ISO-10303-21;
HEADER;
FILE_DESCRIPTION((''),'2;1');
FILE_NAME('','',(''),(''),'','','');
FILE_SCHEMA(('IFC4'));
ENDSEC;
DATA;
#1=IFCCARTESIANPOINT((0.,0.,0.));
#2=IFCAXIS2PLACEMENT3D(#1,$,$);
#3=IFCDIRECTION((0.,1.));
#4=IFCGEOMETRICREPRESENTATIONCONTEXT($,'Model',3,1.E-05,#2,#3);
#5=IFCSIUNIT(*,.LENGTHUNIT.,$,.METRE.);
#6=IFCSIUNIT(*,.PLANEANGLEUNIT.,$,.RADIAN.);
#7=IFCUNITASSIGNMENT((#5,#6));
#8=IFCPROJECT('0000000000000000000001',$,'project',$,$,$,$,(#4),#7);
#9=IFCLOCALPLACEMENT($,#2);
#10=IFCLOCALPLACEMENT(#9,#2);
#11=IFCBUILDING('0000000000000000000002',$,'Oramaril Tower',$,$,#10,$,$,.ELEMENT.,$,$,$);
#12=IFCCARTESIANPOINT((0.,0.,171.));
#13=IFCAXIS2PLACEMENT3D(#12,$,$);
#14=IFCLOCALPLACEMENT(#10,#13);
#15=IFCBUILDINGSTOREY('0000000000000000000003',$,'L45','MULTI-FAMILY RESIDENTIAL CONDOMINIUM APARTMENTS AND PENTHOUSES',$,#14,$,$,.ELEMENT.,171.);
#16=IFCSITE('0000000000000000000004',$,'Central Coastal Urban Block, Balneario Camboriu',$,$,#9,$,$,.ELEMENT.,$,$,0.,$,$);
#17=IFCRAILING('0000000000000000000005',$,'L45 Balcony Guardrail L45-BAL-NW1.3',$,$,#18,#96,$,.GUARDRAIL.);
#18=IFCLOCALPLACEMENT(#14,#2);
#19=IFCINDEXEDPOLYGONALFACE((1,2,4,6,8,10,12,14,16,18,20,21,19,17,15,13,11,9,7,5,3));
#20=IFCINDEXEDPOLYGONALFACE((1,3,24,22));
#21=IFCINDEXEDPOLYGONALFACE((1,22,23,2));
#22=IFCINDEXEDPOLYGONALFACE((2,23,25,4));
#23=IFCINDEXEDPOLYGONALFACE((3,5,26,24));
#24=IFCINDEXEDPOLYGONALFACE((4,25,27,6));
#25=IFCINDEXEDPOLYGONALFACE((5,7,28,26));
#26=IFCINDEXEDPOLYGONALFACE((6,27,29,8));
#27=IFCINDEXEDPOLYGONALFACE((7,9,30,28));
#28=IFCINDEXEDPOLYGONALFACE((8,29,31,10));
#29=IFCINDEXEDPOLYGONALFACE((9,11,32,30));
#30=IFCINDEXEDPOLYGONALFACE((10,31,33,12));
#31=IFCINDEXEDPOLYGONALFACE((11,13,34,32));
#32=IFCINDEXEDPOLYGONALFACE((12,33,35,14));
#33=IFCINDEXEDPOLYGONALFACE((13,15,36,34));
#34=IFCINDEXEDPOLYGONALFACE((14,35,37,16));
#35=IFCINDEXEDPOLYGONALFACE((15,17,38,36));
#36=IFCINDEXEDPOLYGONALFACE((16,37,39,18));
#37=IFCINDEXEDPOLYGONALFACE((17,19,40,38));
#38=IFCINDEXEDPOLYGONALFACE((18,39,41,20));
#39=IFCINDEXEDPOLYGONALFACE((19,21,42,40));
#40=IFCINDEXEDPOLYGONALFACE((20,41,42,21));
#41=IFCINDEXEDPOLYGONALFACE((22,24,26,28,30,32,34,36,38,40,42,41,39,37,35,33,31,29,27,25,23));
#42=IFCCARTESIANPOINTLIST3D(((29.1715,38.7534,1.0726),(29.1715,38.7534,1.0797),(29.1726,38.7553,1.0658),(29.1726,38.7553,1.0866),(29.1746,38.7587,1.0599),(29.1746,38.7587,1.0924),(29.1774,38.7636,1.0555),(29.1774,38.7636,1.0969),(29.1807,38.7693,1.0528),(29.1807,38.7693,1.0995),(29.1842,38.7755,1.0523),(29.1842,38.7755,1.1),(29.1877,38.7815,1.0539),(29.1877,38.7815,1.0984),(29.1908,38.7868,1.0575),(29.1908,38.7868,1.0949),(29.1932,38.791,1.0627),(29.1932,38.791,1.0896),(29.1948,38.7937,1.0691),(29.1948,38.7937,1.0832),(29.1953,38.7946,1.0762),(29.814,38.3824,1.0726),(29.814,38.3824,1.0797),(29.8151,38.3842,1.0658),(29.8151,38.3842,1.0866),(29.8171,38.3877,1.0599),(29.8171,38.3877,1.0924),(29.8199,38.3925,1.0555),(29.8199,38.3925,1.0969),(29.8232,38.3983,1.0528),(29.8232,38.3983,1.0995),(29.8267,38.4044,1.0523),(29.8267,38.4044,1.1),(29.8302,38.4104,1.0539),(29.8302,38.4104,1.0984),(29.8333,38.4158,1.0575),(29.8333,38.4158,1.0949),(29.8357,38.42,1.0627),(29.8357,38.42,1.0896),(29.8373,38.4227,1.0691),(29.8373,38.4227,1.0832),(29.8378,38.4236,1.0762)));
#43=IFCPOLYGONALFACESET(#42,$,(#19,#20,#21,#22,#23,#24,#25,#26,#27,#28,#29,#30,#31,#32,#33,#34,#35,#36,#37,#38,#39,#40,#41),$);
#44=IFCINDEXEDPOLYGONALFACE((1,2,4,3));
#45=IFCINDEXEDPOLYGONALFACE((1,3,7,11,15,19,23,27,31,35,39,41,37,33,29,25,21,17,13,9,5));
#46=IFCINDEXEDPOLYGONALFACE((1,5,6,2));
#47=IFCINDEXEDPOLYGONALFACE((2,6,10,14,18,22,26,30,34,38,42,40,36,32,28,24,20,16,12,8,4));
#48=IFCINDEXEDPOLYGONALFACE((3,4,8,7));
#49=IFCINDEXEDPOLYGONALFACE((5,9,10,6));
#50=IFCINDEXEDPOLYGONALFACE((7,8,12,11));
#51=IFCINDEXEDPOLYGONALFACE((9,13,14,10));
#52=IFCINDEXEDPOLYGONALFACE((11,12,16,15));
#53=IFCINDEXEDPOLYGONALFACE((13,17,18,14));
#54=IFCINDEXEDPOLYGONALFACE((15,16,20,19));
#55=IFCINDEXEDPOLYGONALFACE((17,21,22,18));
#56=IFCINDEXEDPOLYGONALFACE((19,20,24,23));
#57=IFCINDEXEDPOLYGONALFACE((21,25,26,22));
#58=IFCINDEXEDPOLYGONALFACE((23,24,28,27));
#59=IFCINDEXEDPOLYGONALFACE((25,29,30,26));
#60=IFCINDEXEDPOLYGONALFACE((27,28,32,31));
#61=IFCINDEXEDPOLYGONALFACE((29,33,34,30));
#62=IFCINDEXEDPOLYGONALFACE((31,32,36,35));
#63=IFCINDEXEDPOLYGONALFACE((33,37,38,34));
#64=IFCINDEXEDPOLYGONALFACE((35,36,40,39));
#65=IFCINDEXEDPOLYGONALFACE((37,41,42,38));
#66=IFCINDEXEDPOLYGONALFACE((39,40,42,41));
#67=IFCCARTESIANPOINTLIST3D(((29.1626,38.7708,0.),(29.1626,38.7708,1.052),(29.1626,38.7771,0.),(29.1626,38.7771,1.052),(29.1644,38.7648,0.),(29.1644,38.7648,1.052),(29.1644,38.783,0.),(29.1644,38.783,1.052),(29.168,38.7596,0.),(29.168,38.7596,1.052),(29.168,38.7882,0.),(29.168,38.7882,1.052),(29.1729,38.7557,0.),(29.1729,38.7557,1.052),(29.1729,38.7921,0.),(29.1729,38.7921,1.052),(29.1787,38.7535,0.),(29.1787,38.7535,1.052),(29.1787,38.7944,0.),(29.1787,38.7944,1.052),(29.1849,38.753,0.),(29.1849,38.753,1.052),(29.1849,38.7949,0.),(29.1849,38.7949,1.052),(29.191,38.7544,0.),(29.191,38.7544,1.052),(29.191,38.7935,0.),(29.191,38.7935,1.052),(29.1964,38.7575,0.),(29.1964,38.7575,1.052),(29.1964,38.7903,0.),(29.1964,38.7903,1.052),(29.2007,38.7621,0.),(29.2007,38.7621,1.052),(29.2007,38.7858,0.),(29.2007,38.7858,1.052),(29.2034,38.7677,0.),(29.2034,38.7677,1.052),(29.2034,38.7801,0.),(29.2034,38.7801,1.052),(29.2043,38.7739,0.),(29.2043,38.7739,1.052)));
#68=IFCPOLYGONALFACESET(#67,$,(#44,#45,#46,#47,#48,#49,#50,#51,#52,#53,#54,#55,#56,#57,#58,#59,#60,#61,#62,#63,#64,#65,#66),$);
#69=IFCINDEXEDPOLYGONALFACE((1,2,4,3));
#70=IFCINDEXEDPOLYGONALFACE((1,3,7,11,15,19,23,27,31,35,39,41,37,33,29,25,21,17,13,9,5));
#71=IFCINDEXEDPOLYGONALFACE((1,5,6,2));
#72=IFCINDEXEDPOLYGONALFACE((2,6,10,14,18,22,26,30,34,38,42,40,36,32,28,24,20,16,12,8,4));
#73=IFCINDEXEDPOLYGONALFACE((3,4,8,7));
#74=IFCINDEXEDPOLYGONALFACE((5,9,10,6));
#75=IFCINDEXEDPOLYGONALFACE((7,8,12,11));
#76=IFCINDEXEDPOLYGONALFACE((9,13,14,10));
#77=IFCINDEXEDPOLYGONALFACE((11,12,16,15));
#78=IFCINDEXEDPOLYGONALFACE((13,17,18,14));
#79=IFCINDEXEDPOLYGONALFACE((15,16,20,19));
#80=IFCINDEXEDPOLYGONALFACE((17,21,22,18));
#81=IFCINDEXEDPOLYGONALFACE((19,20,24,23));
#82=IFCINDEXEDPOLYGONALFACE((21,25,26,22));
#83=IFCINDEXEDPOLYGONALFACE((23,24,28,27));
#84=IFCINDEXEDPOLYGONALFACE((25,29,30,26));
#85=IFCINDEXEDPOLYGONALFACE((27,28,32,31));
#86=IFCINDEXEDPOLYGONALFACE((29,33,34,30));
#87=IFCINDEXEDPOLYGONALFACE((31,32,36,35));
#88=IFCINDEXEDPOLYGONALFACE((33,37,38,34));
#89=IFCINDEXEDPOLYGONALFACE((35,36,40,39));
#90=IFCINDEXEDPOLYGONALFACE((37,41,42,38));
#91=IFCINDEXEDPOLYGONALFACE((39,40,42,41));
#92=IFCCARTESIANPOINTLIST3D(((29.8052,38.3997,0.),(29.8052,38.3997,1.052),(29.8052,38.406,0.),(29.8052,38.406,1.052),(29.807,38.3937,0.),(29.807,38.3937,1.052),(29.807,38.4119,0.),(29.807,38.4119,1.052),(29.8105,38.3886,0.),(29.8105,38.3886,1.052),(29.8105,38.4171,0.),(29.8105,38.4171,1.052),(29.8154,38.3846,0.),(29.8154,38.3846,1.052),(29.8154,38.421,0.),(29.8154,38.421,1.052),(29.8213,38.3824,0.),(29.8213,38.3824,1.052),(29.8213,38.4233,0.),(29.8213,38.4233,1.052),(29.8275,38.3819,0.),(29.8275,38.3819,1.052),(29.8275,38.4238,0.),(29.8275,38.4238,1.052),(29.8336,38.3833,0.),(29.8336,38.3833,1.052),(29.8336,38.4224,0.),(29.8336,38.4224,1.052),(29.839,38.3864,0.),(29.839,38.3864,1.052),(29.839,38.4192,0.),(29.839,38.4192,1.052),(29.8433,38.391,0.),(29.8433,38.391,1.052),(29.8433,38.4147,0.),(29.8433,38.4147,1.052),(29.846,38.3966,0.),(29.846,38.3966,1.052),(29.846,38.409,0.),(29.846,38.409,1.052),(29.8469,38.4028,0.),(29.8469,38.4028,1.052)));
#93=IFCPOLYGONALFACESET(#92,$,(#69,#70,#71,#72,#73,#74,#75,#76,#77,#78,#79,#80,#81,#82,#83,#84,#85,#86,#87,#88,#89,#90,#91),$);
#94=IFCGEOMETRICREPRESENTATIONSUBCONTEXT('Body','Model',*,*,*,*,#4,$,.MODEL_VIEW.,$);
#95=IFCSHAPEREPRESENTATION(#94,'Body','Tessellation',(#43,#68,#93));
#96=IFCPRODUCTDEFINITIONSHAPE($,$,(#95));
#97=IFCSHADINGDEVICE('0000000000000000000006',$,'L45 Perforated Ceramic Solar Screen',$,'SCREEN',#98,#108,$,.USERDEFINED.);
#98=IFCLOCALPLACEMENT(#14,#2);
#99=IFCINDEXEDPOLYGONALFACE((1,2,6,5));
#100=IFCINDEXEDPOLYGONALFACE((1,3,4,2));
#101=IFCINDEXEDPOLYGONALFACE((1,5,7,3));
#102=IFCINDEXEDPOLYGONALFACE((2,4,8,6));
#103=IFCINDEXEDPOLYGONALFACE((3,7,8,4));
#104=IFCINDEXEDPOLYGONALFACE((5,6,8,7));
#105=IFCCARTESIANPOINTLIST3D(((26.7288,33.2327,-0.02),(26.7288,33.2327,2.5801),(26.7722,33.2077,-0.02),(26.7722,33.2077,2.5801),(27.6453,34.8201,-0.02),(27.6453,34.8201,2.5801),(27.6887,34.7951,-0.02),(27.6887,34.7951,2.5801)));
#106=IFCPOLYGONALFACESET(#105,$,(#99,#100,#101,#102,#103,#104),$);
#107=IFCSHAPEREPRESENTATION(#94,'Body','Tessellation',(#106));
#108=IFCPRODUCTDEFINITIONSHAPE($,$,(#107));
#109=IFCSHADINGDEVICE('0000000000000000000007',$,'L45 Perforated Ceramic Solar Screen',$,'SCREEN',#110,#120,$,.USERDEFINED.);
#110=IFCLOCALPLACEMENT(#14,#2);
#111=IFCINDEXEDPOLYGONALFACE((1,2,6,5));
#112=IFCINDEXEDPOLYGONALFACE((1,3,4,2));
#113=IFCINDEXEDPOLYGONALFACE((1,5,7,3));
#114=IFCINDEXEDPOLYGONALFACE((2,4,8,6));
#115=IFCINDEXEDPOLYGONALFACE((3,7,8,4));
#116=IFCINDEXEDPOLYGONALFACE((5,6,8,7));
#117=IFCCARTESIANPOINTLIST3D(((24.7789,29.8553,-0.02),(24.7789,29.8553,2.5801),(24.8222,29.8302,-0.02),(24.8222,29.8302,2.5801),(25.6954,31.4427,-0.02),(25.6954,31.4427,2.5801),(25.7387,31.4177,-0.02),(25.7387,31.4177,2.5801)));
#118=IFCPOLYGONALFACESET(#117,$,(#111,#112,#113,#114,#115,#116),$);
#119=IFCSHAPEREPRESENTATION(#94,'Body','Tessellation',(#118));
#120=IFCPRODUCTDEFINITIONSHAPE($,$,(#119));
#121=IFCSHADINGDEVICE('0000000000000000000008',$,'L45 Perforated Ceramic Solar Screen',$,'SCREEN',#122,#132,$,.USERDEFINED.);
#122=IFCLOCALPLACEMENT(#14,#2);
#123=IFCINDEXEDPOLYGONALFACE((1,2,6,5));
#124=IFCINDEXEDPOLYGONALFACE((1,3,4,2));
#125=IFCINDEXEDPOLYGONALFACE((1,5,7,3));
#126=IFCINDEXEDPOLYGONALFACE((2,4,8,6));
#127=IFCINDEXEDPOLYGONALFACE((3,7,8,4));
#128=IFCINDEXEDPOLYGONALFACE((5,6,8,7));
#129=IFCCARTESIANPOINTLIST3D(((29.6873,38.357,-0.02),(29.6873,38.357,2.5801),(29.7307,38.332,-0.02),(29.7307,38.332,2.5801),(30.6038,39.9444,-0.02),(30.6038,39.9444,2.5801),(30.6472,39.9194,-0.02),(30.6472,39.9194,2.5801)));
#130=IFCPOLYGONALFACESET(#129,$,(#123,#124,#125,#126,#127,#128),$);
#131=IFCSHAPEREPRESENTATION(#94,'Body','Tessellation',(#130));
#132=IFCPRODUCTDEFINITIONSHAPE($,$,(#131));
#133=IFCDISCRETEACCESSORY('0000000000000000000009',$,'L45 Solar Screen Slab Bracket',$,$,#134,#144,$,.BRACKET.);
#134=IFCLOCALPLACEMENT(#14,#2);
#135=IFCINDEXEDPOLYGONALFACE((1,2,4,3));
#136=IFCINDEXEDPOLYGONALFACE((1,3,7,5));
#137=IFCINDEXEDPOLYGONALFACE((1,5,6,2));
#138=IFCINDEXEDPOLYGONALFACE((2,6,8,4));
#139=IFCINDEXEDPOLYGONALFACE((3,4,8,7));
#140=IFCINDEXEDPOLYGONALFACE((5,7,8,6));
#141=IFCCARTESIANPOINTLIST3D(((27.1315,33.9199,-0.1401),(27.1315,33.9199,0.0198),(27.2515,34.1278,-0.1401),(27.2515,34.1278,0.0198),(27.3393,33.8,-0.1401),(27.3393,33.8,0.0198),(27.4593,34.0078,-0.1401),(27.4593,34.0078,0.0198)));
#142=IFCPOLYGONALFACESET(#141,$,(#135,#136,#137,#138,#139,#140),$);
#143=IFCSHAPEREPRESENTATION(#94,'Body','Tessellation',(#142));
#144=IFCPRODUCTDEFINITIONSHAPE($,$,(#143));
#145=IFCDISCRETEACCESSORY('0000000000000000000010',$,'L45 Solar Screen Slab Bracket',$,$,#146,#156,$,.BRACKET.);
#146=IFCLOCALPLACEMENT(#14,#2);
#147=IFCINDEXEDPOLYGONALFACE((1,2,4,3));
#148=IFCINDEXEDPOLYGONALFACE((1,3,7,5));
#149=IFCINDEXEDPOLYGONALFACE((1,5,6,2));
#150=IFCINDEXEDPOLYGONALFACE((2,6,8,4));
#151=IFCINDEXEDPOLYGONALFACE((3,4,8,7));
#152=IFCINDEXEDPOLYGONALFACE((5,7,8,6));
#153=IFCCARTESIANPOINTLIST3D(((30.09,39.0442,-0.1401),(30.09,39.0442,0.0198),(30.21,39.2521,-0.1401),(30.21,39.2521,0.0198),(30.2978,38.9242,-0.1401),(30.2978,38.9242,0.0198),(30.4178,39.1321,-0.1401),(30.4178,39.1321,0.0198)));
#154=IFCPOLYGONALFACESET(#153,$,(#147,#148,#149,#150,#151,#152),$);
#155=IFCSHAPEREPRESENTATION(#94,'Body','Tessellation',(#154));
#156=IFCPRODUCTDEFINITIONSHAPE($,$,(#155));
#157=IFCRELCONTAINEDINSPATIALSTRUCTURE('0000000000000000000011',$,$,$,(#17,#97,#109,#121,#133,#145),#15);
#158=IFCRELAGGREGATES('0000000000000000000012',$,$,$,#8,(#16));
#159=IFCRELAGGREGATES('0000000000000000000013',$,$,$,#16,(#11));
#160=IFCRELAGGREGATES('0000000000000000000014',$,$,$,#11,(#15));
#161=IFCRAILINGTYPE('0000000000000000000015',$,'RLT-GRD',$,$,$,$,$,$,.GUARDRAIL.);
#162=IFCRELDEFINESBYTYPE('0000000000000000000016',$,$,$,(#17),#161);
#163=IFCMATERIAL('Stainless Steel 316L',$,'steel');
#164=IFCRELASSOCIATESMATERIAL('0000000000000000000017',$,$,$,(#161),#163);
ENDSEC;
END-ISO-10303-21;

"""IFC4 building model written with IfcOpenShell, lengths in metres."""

from ifc_helpers import new_model, si_unit, direction, frame, origin, origin_2d, place, context, subcontext, project, spatial, rectangle, circle, extrude, material, type_object, element, save


model = new_model("IFC4")

# Units and contexts
model_context = context("Model", 3, precision=1e-05, world=origin(), true_north=direction((0.0, 1.0)))
body_context = subcontext(model_context, "Body", "Model", "MODEL_VIEW")
ifc_project = project(units=[si_unit("LENGTHUNIT", "METRE"), si_unit("PLANEANGLEUNIT", "RADIAN")], contexts=[model_context])

# Site, building, storey
site_placement = place(None, origin())
site = spatial("IfcSite", under=ifc_project, at=site_placement, Name="Central Coastal Urban Block, Balneario Camboriu", CompositionType="ELEMENT", RefElevation=0.0)
building_placement = place(site_placement, origin())
building = spatial("IfcBuilding", under=site, at=building_placement, Name="Oramaril Tower", CompositionType="ELEMENT")
storey_placement = place(building_placement, frame((0.0, 0.0, 171.0)))
storey = spatial("IfcBuildingStorey", under=building, at=storey_placement, Name="L45", Description="MULTI-FAMILY RESIDENTIAL CONDOMINIUM APARTMENTS AND PENTHOUSES", CompositionType="ELEMENT", Elevation=171.0)

# Railing
ifc_material_1 = material(Name="Stainless Steel 316L", Category="steel")
railing_type = type_object("IfcRailingType", Name="RLT-GRD", PredefinedType="GUARDRAIL", material=ifc_material_1)
railing_1_placement = place(storey_placement, frame((29.1833, 38.7739, 0.0)))
element("IfcRailing", 1, at=railing_1_placement, inside=storey, type_object=railing_type, Name="L45 Balcony Guardrail L45-BAL-NW1.3", PredefinedType="GUARDRAIL", context=body_context, shape_type="SweptSolid", body=[
    extrude(circle(Radius=0.0239, at=origin_2d()), frame((0.0, 0.0, 1.0762), z_axis=(0.865966, -0.500102, 0.0), x_axis=(0.500102, 0.865966, 0.0)), (0.0, 0.0, 1.0), 0.7419),
    extrude(circle(Radius=0.021, at=origin_2d()), origin(), (0.0, 0.0, 1.0), 1.052),
    extrude(circle(Radius=0.021, at=origin_2d()), frame((0.6426, -0.3711, 0.0)), (0.0, 0.0, 1.0), 1.052),
])

# Shading devices
for number, where, z_axis, x_axis, name in (
    (2, (27.2087, 34.0139, -0.02), (0.0, 0.0, 1.0), (-0.5, -0.866025, 0.0), "L45 Perforated Ceramic Solar Screen"),
    (3, (25.2588, 30.6365, -0.02), (0.0, 0.0, 1.0), (-0.5, -0.866025, 0.0), "L45 Perforated Ceramic Solar Screen"),
    (4, (30.1672, 39.1382, -0.02), (0.0, 0.0, 1.0), (-0.5, -0.866025, 0.0), "L45 Perforated Ceramic Solar Screen"),
):
    element("IfcShadingDevice", number, at=place(storey_placement, frame(where, z_axis=z_axis, x_axis=x_axis)), inside=storey, Name=name, ObjectType="SCREEN", PredefinedType="USERDEFINED", context=body_context, shape_type="SweptSolid", body=[
        extrude(rectangle(XDim=1.833, YDim=0.05, at=origin_2d()), origin(), (0.0, 0.0, 1.0), 2.6001),
    ])

# Discrete accessories
for number, where, z_axis, x_axis, name in (
    (5, (27.2954, 33.9639, -0.1401), (0.0, 0.0, 1.0), (-0.5, -0.866025, 0.0), "L45 Solar Screen Slab Bracket"),
    (6, (30.2539, 39.0881, -0.1401), (0.0, 0.0, 1.0), (-0.5, -0.866025, 0.0), "L45 Solar Screen Slab Bracket"),
):
    element("IfcDiscreteAccessory", number, at=place(storey_placement, frame(where, z_axis=z_axis, x_axis=x_axis)), inside=storey, Name=name, PredefinedType="BRACKET", context=body_context, shape_type="SweptSolid", body=[
        extrude(rectangle(XDim=0.24, YDim=0.24, at=origin_2d()), origin(), (0.0, 0.0, 1.0), 0.1599),
    ])

save(model, "model.ifc")
